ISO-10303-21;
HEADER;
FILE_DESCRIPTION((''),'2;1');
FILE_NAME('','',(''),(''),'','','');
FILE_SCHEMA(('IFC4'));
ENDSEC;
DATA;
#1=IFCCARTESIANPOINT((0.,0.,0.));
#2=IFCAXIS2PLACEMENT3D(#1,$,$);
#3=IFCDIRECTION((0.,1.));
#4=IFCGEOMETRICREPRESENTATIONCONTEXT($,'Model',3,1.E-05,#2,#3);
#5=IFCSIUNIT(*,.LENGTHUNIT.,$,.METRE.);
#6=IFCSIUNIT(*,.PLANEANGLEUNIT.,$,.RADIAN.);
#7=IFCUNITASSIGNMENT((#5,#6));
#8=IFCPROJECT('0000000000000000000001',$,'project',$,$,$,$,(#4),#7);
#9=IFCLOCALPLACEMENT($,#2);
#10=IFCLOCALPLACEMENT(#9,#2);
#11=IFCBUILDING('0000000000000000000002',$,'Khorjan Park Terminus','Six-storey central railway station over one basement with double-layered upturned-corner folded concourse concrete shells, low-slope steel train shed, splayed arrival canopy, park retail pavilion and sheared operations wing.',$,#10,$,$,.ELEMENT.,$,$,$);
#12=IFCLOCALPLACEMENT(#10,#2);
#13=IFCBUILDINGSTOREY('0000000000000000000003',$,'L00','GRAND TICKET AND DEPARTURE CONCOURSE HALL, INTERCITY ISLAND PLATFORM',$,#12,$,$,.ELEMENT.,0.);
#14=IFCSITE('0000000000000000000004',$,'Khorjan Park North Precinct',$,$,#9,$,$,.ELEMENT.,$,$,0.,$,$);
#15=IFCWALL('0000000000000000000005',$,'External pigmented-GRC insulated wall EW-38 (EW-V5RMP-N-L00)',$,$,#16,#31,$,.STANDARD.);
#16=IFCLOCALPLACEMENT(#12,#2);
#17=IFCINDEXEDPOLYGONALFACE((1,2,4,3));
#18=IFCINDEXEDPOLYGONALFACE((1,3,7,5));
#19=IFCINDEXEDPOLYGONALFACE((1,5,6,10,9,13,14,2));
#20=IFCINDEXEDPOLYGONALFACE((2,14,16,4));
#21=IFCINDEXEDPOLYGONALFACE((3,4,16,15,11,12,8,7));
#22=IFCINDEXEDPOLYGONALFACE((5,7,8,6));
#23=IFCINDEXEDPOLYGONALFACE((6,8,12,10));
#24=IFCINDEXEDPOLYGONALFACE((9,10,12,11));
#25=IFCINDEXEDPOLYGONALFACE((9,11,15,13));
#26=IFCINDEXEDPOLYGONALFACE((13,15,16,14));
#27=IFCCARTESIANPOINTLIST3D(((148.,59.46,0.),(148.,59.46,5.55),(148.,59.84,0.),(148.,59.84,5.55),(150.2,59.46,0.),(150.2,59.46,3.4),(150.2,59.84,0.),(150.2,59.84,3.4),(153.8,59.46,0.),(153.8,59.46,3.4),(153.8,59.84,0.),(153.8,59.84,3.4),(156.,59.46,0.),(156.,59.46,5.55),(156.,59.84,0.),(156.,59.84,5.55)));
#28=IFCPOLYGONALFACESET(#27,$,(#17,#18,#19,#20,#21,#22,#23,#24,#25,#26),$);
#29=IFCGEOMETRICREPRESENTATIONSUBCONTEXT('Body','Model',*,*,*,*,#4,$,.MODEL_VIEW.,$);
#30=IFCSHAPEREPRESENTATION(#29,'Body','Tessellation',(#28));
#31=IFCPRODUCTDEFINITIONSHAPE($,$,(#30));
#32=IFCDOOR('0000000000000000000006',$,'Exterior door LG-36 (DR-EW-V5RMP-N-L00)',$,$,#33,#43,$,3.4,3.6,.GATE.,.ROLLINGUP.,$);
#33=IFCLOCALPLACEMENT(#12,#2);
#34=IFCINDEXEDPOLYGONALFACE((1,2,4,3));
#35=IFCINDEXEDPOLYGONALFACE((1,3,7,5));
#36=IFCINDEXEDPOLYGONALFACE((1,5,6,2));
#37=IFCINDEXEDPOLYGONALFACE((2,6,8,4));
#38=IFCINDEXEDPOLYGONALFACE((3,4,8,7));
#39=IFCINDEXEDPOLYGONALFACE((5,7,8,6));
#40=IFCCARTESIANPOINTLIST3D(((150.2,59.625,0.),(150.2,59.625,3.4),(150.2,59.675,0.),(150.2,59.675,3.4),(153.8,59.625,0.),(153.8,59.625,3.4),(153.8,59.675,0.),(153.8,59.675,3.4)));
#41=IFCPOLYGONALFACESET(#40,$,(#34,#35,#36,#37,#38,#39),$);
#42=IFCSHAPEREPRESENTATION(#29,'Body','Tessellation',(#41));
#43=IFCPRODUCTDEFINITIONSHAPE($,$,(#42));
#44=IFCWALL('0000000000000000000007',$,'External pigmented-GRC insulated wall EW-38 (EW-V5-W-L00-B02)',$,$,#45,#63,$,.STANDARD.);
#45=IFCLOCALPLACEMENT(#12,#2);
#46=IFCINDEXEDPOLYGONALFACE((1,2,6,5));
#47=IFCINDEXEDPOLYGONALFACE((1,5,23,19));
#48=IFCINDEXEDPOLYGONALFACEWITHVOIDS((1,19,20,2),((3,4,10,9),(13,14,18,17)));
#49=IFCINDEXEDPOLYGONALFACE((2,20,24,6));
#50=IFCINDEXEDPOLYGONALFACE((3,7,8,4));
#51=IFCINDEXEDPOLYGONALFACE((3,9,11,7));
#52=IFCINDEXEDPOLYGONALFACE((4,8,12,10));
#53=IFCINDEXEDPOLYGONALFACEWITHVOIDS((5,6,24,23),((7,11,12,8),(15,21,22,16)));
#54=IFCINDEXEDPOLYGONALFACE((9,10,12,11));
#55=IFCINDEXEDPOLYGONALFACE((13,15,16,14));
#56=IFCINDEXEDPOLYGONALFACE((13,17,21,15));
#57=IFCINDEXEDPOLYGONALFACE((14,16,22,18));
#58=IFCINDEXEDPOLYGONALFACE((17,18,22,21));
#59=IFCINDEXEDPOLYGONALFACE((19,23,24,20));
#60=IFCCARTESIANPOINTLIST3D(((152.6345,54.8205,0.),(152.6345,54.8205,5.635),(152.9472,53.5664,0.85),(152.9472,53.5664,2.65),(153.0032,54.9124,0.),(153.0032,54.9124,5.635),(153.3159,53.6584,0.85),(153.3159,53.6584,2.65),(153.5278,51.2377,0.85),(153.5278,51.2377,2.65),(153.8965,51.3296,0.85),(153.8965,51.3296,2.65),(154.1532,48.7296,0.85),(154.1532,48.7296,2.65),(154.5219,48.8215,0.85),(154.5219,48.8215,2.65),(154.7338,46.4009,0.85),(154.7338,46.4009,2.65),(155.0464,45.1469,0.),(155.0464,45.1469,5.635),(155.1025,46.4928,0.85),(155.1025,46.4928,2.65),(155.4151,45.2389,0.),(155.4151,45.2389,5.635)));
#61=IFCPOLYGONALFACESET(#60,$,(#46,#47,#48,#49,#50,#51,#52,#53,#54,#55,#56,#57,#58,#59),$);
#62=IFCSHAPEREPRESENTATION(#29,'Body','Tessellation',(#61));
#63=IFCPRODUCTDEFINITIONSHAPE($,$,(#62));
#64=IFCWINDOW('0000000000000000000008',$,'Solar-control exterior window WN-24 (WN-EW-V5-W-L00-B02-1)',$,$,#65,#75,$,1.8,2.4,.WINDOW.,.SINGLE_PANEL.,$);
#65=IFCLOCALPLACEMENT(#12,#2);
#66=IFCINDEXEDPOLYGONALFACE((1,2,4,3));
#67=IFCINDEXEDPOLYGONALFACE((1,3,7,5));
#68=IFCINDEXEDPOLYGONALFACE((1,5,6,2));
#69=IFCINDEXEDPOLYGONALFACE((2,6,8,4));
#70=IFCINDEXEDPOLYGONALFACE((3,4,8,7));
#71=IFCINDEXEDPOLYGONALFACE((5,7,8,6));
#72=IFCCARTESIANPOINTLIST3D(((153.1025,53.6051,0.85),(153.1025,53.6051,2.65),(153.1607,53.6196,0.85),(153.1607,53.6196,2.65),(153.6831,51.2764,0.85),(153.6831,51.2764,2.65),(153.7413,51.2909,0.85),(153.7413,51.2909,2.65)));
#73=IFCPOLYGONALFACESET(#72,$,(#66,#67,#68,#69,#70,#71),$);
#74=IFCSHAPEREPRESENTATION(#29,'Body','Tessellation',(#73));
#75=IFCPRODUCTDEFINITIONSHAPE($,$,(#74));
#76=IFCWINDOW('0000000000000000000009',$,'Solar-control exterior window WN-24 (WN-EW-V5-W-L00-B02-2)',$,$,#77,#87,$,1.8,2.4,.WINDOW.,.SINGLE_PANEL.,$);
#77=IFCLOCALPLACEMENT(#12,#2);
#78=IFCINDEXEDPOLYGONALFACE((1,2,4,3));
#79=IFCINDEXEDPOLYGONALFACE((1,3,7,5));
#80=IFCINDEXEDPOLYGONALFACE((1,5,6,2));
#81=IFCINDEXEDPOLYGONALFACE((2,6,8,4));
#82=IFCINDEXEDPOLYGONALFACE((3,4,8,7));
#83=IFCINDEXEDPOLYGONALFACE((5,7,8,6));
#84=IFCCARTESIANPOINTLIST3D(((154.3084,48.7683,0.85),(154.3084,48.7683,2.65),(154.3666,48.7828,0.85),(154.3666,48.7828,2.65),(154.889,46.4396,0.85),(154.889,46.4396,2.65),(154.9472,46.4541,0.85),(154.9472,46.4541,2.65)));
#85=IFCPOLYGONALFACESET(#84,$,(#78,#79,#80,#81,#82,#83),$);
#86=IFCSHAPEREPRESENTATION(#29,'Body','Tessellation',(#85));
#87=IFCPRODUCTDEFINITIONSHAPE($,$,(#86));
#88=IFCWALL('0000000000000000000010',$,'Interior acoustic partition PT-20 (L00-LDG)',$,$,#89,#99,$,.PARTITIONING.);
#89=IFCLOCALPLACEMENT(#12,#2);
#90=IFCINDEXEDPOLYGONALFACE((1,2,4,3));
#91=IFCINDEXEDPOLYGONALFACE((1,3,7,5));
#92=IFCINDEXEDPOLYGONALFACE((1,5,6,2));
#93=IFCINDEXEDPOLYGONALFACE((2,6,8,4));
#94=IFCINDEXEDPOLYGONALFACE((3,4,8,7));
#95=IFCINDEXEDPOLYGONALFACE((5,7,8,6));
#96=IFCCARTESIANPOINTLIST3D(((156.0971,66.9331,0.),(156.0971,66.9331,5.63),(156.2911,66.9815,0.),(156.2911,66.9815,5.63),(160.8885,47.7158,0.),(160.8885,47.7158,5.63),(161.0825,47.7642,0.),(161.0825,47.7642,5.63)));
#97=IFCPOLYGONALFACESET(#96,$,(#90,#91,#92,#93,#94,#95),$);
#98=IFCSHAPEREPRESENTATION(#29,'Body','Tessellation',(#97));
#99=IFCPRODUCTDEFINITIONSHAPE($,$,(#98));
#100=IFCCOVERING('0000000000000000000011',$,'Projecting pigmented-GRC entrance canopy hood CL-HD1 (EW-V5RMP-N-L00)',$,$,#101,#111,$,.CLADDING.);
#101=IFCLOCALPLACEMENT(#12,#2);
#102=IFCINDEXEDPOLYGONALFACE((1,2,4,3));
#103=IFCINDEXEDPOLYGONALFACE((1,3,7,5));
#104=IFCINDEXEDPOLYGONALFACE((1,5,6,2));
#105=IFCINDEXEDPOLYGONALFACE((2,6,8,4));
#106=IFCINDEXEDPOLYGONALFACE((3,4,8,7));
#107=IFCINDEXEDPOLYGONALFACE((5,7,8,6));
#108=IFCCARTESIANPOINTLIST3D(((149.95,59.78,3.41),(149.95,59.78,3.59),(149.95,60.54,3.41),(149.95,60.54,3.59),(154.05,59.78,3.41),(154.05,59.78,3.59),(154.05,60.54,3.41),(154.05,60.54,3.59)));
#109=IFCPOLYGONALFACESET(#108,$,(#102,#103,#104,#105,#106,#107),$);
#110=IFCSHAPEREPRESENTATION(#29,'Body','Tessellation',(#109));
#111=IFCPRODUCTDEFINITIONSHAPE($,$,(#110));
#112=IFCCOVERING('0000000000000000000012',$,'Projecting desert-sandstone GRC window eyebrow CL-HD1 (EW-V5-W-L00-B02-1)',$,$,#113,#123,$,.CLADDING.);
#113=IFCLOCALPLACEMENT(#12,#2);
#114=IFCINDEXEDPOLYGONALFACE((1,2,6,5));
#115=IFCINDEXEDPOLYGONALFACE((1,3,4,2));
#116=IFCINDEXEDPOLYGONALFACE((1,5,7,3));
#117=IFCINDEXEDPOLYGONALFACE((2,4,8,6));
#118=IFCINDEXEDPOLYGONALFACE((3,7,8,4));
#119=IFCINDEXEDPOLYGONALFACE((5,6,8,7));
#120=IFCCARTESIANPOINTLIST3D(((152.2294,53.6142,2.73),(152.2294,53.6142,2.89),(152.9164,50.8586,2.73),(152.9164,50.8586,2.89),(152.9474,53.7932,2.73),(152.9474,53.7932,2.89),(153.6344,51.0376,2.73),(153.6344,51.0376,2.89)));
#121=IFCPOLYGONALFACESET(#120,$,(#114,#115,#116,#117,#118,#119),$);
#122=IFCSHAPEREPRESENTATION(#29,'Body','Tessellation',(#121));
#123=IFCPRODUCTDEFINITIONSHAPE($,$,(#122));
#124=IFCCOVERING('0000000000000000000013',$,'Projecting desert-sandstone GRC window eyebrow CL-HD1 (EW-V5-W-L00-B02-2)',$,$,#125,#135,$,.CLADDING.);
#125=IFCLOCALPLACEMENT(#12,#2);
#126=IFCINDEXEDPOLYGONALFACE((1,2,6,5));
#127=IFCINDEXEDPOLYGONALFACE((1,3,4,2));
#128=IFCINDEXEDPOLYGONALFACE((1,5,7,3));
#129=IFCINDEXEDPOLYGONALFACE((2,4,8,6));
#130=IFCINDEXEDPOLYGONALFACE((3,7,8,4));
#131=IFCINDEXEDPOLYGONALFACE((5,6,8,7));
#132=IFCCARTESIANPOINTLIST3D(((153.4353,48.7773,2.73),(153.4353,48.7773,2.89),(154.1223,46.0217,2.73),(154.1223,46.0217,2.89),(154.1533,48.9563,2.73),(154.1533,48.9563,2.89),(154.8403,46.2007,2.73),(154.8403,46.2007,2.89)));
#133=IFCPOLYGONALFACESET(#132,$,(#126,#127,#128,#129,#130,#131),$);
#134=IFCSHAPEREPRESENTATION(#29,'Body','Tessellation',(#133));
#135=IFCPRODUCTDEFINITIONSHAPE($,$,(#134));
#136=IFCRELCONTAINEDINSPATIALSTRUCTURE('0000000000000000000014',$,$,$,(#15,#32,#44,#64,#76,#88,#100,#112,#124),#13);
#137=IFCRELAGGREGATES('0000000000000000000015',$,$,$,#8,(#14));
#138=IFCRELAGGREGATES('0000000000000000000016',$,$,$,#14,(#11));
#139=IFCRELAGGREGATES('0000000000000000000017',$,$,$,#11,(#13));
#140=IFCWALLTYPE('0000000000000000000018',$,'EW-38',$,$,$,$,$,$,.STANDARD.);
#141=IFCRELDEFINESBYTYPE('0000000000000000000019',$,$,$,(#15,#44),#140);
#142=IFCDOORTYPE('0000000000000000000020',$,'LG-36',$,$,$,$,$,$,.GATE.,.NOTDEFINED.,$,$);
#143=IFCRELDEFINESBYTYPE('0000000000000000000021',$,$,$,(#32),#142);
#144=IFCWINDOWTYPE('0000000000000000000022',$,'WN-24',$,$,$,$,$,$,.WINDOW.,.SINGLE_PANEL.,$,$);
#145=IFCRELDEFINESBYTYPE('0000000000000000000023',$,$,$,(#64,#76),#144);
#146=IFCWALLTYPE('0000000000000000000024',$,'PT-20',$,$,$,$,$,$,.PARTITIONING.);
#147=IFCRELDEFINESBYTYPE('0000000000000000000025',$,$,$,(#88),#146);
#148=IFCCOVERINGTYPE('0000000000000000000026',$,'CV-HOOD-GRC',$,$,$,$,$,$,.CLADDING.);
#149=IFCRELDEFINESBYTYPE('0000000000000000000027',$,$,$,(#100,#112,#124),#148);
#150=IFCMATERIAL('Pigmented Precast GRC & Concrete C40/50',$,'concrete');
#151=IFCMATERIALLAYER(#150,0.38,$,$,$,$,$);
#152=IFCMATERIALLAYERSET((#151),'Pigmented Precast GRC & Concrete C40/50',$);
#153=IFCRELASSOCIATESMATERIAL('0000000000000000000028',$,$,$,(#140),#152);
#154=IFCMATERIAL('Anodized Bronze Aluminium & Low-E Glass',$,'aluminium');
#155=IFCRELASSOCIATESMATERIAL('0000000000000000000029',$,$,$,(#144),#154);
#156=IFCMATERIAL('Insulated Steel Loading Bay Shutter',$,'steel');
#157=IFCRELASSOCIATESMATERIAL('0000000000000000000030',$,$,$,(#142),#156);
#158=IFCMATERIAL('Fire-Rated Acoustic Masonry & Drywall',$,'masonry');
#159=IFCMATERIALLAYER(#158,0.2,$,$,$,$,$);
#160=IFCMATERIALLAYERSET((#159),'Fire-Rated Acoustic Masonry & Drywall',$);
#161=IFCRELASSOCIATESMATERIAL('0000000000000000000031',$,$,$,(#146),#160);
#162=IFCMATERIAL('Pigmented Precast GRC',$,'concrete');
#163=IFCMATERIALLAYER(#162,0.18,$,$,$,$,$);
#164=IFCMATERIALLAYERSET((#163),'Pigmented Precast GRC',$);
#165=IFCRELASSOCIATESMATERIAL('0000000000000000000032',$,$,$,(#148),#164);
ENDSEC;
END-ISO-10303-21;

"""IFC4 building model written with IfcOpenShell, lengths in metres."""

from ifc_helpers import new_model, si_unit, direction, frame, frame_2d, origin, origin_2d, place, context, subcontext, project, spatial, rectangle, extrude, material, layer, layer_set, type_object, element, fill, save


model = new_model("IFC4")

# Units and contexts
model_context = context("Model", 3, precision=1e-05, world=origin(), true_north=direction((0.0, 1.0)))
body_context = subcontext(model_context, "Body", "Model", "MODEL_VIEW")
ifc_project = project(units=[si_unit("LENGTHUNIT", "METRE"), si_unit("PLANEANGLEUNIT", "RADIAN")], contexts=[model_context])

# Site, building, storey
site_placement = place(None, origin())
site = spatial("IfcSite", under=ifc_project, at=site_placement, Name="Khorjan Park North Precinct", CompositionType="ELEMENT", RefElevation=0.0)
building_placement = place(site_placement, origin())
building = spatial("IfcBuilding", under=site, at=building_placement, Name="Khorjan Park Terminus", Description="Six-storey central railway station over one basement with double-layered upturned-corner folded concourse concrete shells, low-slope steel train shed, splayed arrival canopy, park retail pavilion and sheared operations wing.", CompositionType="ELEMENT")
storey_placement = place(building_placement, origin())
storey = spatial("IfcBuildingStorey", under=building, at=storey_placement, Name="L00", Description="GRAND TICKET AND DEPARTURE CONCOURSE HALL, INTERCITY ISLAND PLATFORM", CompositionType="ELEMENT", Elevation=0.0)

# Shared definitions
ifc_material_1 = material(Name="Pigmented Precast GRC & Concrete C40/50", Category="concrete")
ifc_layer_1 = layer(ifc_material_1, 0.38)
ifc_layer_set_1 = layer_set([ifc_layer_1], Name="Pigmented Precast GRC & Concrete C40/50")
wall_type_1 = type_object("IfcWallType", Name="EW-38", PredefinedType="STANDARD", material=ifc_layer_set_1)
ifc_material_2 = material(Name="Anodized Bronze Aluminium & Low-E Glass", Category="aluminium")
window_type = type_object("IfcWindowType", Name="WN-24", PartitioningType="SINGLE_PANEL", PredefinedType="WINDOW", material=ifc_material_2)

# Wall, opening, door
wall_1_placement = place(storey_placement, frame((156.0, 59.65, 0.0), z_axis=(0.0, 0.0, 1.0), x_axis=(-1.0, 0.0, 0.0)))
wall_1 = element("IfcWall", 1, at=wall_1_placement, inside=storey, type_object=wall_type_1, Name="External pigmented-GRC insulated wall EW-38 (EW-V5RMP-N-L00)", PredefinedType="STANDARD", context=body_context, shape_type="SweptSolid", body=[
    extrude(rectangle(XDim=8.0, YDim=0.38, at=frame_2d((4.0, 0.0))), origin(), (0.0, 0.0, 1.0), 5.55),
])
opening_1_placement = place(wall_1_placement, frame((2.2, 0.0, 0.0)))
opening_1 = element("IfcOpeningElement", 2, at=opening_1_placement, cuts=wall_1, PredefinedType="OPENING", context=body_context, shape_type="SweptSolid", body=[
    extrude(rectangle(XDim=3.6, YDim=3.4, at=frame_2d((1.8, 1.7))), frame((0.0, 0.2, 0.0), z_axis=(0.0, -1.0, 0.0), x_axis=(1.0, 0.0, 0.0)), (0.0, 0.0, 1.0), 0.4),
])
ifc_material_3 = material(Name="Insulated Steel Loading Bay Shutter", Category="steel")
door_type = type_object("IfcDoorType", Name="LG-36", OperationType="NOTDEFINED", PredefinedType="GATE", material=ifc_material_3)
door_placement = place(opening_1_placement, origin())
door = element("IfcDoor", 3, at=door_placement, inside=storey, type_object=door_type, Name="Exterior door LG-36 (DR-EW-V5RMP-N-L00)", OperationType="ROLLINGUP", OverallHeight=3.4, OverallWidth=3.6, PredefinedType="GATE", context=body_context, shape_type="SweptSolid", body=[
    extrude(rectangle(XDim=3.6, YDim=3.4, at=frame_2d((1.8, 1.7))), frame((0.0, 0.025, 0.0), z_axis=(0.0, -1.0, 0.0), x_axis=(1.0, 0.0, 0.0)), (0.0, 0.0, 1.0), 0.05),
])
fill(opening_1, door)

# Wall, openings, windows
wall_2_placement = place(storey_placement, frame((152.8189, 54.8664, 0.0), z_axis=(0.0, 0.0, 1.0), x_axis=(0.241922, -0.970296, 0.0)))
wall_2 = element("IfcWall", 4, at=wall_2_placement, inside=storey, type_object=wall_type_1, Name="External pigmented-GRC insulated wall EW-38 (EW-V5-W-L00-B02)", PredefinedType="STANDARD", context=body_context, shape_type="SweptSolid", body=[
    extrude(rectangle(XDim=9.9697, YDim=0.38, at=frame_2d((4.9848, 0.0))), origin(), (0.0, 0.0, 1.0), 5.635),
])
opening_2_placement = place(wall_2_placement, frame((1.2924, 0.0, 0.85)))
opening_2 = element("IfcOpeningElement", 5, at=opening_2_placement, cuts=wall_2, PredefinedType="OPENING", context=body_context, shape_type="SweptSolid", body=[
    extrude(rectangle(XDim=2.4, YDim=1.8, at=frame_2d((1.2, 0.9))), frame((0.0, 0.2, 0.0), z_axis=(0.0, -1.0, 0.0), x_axis=(1.0, 0.0, 0.0)), (0.0, 0.0, 1.0), 0.4),
])
opening_3_placement = place(wall_2_placement, frame((6.2773, 0.0, 0.85)))
opening_3 = element("IfcOpeningElement", 6, at=opening_3_placement, cuts=wall_2, PredefinedType="OPENING", context=body_context, shape_type="SweptSolid", body=[
    extrude(rectangle(XDim=2.4, YDim=1.8, at=frame_2d((1.2, 0.9))), frame((0.0, 0.2, 0.0), z_axis=(0.0, -1.0, 0.0), x_axis=(1.0, 0.0, 0.0)), (0.0, 0.0, 1.0), 0.4),
])
window_1_placement = place(opening_2_placement, origin())
window_1 = element("IfcWindow", 7, at=window_1_placement, inside=storey, type_object=window_type, Name="Solar-control exterior window WN-24 (WN-EW-V5-W-L00-B02-1)", OverallHeight=1.8, OverallWidth=2.4, PartitioningType="SINGLE_PANEL", PredefinedType="WINDOW", context=body_context, shape_type="SweptSolid", body=[
    extrude(rectangle(XDim=2.4, YDim=1.8, at=frame_2d((1.2, 0.9))), frame((0.0, 0.03, 0.0), z_axis=(0.0, -1.0, 0.0), x_axis=(1.0, 0.0, 0.0)), (0.0, 0.0, 1.0), 0.06),
])
fill(opening_2, window_1)
window_2_placement = place(opening_3_placement, origin())
window_2 = element("IfcWindow", 8, at=window_2_placement, inside=storey, type_object=window_type, Name="Solar-control exterior window WN-24 (WN-EW-V5-W-L00-B02-2)", OverallHeight=1.8, OverallWidth=2.4, PartitioningType="SINGLE_PANEL", PredefinedType="WINDOW", context=body_context, shape_type="SweptSolid", body=[
    extrude(rectangle(XDim=2.4, YDim=1.8, at=frame_2d((1.2, 0.9))), frame((0.0, 0.03, 0.0), z_axis=(0.0, -1.0, 0.0), x_axis=(1.0, 0.0, 0.0)), (0.0, 0.0, 1.0), 0.06),
])
fill(opening_3, window_2)

# Wall
ifc_material_4 = material(Name="Fire-Rated Acoustic Masonry & Drywall", Category="masonry")
ifc_layer_2 = layer(ifc_material_4, 0.2)
ifc_layer_set_2 = layer_set([ifc_layer_2], Name="Fire-Rated Acoustic Masonry & Drywall")
wall_type_2 = type_object("IfcWallType", Name="PT-20", PredefinedType="PARTITIONING", material=ifc_layer_set_2)
wall_3_placement = place(storey_placement, frame((160.9855, 47.74, 0.0), z_axis=(0.0, 0.0, 1.0), x_axis=(-0.241921, 0.970296, 0.0)))
element("IfcWall", 9, at=wall_3_placement, inside=storey, type_object=wall_type_2, Name="Interior acoustic partition PT-20 (L00-LDG)", PredefinedType="PARTITIONING", context=body_context, shape_type="SweptSolid", body=[
    extrude(rectangle(XDim=19.8056, YDim=0.2, at=frame_2d((9.9028, 0.0))), origin(), (0.0, 0.0, 1.0), 5.63),
])

# Coverings
ifc_material_5 = material(Name="Pigmented Precast GRC", Category="concrete")
ifc_layer_3 = layer(ifc_material_5, 0.18)
ifc_layer_set_3 = layer_set([ifc_layer_3], Name="Pigmented Precast GRC")
covering_type = type_object("IfcCoveringType", Name="CV-HOOD-GRC", PredefinedType="CLADDING", material=ifc_layer_set_3)
covering_placement = place(storey_placement, frame((152.0, 60.16, 3.41), z_axis=(0.0, 0.0, 1.0), x_axis=(-1.0, 0.0, 0.0)))
element("IfcCovering", 10, at=covering_placement, inside=storey, type_object=covering_type, Name="Projecting pigmented-GRC entrance canopy hood CL-HD1 (EW-V5RMP-N-L00)", PredefinedType="CLADDING", context=body_context, shape_type="SweptSolid", body=[
    extrude(rectangle(XDim=4.1, YDim=0.76, at=origin_2d()), origin(), (0.0, 0.0, 1.0), 0.18),
])
for number, where, z_axis, x_axis, name in (
    (11, (152.9319, 52.3259, 2.73), (0.0, 0.0, 1.0), (0.241922, -0.970296, 0.0), "Projecting desert-sandstone GRC window eyebrow CL-HD1 (EW-V5-W-L00-B02-1)"),
    (12, (154.1378, 47.489, 2.73), (0.0, 0.0, 1.0), (0.241922, -0.970296, 0.0), "Projecting desert-sandstone GRC window eyebrow CL-HD1 (EW-V5-W-L00-B02-2)"),
):
    element("IfcCovering", number, at=place(storey_placement, frame(where, z_axis=z_axis, x_axis=x_axis)), inside=storey, type_object=covering_type, Name=name, PredefinedType="CLADDING", context=body_context, shape_type="SweptSolid", body=[
        extrude(rectangle(XDim=2.84, YDim=0.74, at=origin_2d()), origin(), (0.0, 0.0, 1.0), 0.16),
    ])

save(model, "model.ifc")
